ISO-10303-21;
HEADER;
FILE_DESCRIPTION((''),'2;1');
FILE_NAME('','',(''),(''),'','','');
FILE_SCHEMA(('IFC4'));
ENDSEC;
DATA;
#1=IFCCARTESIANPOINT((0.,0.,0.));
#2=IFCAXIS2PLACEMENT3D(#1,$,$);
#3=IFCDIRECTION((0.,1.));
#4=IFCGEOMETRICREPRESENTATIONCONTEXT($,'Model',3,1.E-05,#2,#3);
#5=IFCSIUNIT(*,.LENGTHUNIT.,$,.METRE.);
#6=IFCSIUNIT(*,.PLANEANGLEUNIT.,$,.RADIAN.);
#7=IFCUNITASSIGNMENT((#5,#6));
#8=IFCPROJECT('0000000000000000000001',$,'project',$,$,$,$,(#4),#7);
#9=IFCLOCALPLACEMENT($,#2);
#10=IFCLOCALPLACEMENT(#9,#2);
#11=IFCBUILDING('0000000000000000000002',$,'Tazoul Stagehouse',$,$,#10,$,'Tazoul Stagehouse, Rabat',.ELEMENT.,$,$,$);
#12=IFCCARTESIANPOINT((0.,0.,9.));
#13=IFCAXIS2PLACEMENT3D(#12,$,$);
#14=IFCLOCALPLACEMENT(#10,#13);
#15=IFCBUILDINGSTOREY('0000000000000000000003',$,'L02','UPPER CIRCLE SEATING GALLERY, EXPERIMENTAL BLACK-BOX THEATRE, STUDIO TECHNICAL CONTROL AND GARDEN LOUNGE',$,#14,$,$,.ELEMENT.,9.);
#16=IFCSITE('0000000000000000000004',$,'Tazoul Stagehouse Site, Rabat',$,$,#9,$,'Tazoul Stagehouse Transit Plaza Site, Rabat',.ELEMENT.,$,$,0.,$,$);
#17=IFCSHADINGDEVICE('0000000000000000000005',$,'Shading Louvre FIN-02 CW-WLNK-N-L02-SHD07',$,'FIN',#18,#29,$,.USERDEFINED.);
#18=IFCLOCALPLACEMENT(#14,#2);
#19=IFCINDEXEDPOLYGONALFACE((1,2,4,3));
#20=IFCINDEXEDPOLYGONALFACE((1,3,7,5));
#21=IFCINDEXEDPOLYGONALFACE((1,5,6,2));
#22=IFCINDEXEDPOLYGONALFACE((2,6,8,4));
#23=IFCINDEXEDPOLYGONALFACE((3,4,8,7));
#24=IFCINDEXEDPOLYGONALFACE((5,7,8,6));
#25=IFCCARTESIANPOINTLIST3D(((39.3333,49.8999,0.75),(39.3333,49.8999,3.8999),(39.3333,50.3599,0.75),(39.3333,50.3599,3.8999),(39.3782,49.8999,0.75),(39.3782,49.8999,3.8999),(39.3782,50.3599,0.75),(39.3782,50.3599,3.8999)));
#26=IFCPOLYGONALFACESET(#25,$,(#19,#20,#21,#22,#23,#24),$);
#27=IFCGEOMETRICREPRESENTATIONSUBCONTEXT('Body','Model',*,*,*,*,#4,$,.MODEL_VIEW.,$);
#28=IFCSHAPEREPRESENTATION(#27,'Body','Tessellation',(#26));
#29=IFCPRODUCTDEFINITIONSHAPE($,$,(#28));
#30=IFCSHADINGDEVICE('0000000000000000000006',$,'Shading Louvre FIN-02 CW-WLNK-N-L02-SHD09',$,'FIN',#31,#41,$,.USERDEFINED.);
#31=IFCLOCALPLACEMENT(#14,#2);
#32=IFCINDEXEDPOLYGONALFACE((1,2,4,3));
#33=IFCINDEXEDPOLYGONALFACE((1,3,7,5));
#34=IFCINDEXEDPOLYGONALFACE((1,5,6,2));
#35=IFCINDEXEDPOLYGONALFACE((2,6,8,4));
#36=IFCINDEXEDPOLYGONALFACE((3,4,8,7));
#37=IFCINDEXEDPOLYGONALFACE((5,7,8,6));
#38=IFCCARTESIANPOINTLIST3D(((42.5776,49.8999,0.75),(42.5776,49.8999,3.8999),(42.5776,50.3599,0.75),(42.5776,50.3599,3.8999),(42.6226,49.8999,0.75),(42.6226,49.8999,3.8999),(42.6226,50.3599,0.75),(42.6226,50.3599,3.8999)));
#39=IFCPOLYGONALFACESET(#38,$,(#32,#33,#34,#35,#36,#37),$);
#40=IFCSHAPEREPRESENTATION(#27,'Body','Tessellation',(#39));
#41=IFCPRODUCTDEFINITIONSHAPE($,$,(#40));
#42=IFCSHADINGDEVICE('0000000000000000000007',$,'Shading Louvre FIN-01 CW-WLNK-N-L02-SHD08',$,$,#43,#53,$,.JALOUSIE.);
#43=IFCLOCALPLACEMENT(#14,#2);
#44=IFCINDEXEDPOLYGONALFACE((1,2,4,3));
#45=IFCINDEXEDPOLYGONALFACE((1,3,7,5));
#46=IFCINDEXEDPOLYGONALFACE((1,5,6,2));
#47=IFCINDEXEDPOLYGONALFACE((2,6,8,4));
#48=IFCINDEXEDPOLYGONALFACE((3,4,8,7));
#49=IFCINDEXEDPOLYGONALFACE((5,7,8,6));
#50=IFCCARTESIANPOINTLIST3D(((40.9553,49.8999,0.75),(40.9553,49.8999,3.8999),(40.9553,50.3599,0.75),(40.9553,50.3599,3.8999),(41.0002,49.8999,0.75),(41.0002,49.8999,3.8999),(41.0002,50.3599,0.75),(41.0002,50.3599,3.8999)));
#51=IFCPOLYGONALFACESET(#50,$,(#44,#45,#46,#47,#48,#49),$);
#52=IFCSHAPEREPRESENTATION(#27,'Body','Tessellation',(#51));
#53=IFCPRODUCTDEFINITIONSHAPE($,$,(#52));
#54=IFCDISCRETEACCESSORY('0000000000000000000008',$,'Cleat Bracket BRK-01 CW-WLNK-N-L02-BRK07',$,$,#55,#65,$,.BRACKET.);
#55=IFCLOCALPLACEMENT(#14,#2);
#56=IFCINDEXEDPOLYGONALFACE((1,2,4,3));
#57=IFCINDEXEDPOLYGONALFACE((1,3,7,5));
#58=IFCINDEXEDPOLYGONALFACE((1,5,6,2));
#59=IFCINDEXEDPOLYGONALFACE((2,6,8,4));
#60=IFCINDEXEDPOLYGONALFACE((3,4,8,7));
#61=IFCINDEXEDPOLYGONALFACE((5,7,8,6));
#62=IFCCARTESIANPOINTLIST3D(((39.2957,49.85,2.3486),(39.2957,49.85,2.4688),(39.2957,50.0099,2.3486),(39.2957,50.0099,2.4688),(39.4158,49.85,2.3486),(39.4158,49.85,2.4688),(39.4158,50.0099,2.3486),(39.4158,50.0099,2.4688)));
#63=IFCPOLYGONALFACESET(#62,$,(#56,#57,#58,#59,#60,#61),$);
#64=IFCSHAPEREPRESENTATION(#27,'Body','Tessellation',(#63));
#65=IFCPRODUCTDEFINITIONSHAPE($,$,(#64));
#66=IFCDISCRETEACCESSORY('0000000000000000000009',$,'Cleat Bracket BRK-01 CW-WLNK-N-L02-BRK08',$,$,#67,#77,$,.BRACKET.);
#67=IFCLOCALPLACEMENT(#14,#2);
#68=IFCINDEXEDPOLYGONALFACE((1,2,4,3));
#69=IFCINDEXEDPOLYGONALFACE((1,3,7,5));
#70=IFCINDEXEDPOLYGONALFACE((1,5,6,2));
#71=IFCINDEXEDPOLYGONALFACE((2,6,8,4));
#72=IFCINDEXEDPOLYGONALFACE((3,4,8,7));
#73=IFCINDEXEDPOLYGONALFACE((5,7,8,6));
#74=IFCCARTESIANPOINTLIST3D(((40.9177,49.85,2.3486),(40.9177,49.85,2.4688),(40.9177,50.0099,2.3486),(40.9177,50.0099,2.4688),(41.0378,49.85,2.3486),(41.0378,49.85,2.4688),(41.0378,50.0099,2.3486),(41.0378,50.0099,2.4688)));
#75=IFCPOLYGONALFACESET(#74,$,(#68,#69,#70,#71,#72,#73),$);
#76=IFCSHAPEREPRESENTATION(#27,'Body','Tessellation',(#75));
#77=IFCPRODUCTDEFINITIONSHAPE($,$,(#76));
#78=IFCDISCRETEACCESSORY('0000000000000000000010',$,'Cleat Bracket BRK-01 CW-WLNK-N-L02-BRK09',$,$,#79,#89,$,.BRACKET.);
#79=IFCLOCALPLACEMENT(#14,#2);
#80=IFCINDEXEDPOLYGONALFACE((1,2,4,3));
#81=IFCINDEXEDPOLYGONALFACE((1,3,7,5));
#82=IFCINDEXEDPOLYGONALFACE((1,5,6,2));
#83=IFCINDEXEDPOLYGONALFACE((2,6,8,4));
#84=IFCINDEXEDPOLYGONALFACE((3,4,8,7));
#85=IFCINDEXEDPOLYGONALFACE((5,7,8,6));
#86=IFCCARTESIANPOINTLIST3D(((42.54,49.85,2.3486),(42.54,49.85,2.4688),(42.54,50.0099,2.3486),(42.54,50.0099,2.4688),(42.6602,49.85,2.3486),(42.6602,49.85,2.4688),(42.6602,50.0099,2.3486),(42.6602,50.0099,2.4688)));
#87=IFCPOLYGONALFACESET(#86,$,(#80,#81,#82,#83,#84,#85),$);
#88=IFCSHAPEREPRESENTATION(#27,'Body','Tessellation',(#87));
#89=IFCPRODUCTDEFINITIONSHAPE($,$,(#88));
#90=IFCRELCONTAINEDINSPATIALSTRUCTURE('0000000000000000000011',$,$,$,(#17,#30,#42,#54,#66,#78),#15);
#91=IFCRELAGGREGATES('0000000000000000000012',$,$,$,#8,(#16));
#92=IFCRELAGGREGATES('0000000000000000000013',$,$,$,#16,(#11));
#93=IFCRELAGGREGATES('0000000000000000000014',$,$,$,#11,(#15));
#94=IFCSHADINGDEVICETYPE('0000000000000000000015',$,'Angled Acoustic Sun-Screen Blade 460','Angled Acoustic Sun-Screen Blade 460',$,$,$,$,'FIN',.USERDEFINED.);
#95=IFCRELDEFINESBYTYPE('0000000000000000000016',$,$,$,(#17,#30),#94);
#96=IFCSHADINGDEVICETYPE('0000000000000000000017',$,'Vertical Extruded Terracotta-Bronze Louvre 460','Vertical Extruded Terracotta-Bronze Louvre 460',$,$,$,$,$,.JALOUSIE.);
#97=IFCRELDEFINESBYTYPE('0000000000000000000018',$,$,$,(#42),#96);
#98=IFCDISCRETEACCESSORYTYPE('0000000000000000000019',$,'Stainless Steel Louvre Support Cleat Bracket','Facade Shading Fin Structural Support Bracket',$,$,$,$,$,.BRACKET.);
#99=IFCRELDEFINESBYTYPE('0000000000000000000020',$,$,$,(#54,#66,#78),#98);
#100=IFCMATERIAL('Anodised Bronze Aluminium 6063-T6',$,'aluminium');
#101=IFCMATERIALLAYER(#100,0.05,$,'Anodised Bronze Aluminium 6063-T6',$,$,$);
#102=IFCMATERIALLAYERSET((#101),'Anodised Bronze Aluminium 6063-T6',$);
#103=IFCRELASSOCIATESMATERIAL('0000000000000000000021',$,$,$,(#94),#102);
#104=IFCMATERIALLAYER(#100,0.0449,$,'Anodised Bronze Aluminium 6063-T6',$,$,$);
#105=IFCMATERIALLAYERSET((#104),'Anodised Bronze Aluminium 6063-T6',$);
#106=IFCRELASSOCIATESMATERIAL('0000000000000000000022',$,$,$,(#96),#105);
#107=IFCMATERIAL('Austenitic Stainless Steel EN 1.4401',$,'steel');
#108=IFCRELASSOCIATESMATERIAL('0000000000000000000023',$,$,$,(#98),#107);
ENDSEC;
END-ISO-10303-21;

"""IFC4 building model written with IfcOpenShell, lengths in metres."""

from ifc_helpers import new_model, si_unit, direction, frame, origin, origin_2d, place, context, subcontext, project, spatial, rectangle, extrude, material, layer, layer_set, type_object, element, save


model = new_model("IFC4")

# Units and contexts
model_context = context("Model", 3, precision=1e-05, world=origin(), true_north=direction((0.0, 1.0)))
body_context = subcontext(model_context, "Body", "Model", "MODEL_VIEW")
ifc_project = project(units=[si_unit("LENGTHUNIT", "METRE"), si_unit("PLANEANGLEUNIT", "RADIAN")], contexts=[model_context])

# Site, building, storey
site_placement = place(None, origin())
site = spatial("IfcSite", under=ifc_project, at=site_placement, Name="Tazoul Stagehouse Site, Rabat", LongName="Tazoul Stagehouse Transit Plaza Site, Rabat", CompositionType="ELEMENT", RefElevation=0.0)
building_placement = place(site_placement, origin())
building = spatial("IfcBuilding", under=site, at=building_placement, Name="Tazoul Stagehouse", LongName="Tazoul Stagehouse, Rabat", CompositionType="ELEMENT")
storey_placement = place(building_placement, frame((0.0, 0.0, 9.0)))
storey = spatial("IfcBuildingStorey", under=building, at=storey_placement, Name="L02", Description="UPPER CIRCLE SEATING GALLERY, EXPERIMENTAL BLACK-BOX THEATRE, STUDIO TECHNICAL CONTROL AND GARDEN LOUNGE", CompositionType="ELEMENT", Elevation=9.0)

# Shading devices
ifc_material_1 = material(Name="Anodised Bronze Aluminium 6063-T6", Category="aluminium")
ifc_layer_1 = layer(ifc_material_1, 0.05, Name="Anodised Bronze Aluminium 6063-T6")
ifc_layer_set_1 = layer_set([ifc_layer_1], Name="Anodised Bronze Aluminium 6063-T6")
shading_device_type_1 = type_object("IfcShadingDeviceType", Name="Angled Acoustic Sun-Screen Blade 460", Description="Angled Acoustic Sun-Screen Blade 460", ElementType="FIN", PredefinedType="USERDEFINED", material=ifc_layer_set_1)
for number, where, z_axis, x_axis, name in (
    (1, (39.3557, 50.1299, 0.75), (0.0, 0.0, 1.0), (1.0, 0.0, 0.0), "Shading Louvre FIN-02 CW-WLNK-N-L02-SHD07"),
    (2, (42.6001, 50.1299, 0.75), (0.0, 0.0, 1.0), (1.0, 0.0, 0.0), "Shading Louvre FIN-02 CW-WLNK-N-L02-SHD09"),
):
    element("IfcShadingDevice", number, at=place(storey_placement, frame(where, z_axis=z_axis, x_axis=x_axis)), inside=storey, type_object=shading_device_type_1, Name=name, ObjectType="FIN", PredefinedType="USERDEFINED", context=body_context, shape_type="SweptSolid", body=[
        extrude(rectangle(XDim=0.0449, YDim=0.46, at=origin_2d()), origin(), (0.0, 0.0, 1.0), 3.1499),
    ])
ifc_layer_2 = layer(ifc_material_1, 0.0449, Name="Anodised Bronze Aluminium 6063-T6")
ifc_layer_set_2 = layer_set([ifc_layer_2], Name="Anodised Bronze Aluminium 6063-T6")
shading_device_type_2 = type_object("IfcShadingDeviceType", Name="Vertical Extruded Terracotta-Bronze Louvre 460", Description="Vertical Extruded Terracotta-Bronze Louvre 460", PredefinedType="JALOUSIE", material=ifc_layer_set_2)
shading_device_placement = place(storey_placement, frame((40.9778, 50.1299, 0.75), z_axis=(0.0, 0.0, 1.0), x_axis=(1.0, 0.0, 0.0)))
element("IfcShadingDevice", 3, at=shading_device_placement, inside=storey, type_object=shading_device_type_2, Name="Shading Louvre FIN-01 CW-WLNK-N-L02-SHD08", PredefinedType="JALOUSIE", context=body_context, shape_type="SweptSolid", body=[
    extrude(rectangle(XDim=0.0449, YDim=0.46, at=origin_2d()), origin(), (0.0, 0.0, 1.0), 3.1499),
])

# Discrete accessories
ifc_material_2 = material(Name="Austenitic Stainless Steel EN 1.4401", Category="steel")
discrete_accessory_type = type_object("IfcDiscreteAccessoryType", Name="Stainless Steel Louvre Support Cleat Bracket", Description="Facade Shading Fin Structural Support Bracket", PredefinedType="BRACKET", material=ifc_material_2)
for number, where, z_axis, x_axis, name in (
    (4, (39.3557, 49.9299, 2.3486), (0.0, 0.0, 1.0), (1.0, 0.0, 0.0), "Cleat Bracket BRK-01 CW-WLNK-N-L02-BRK07"),
    (5, (40.9778, 49.9299, 2.3486), (0.0, 0.0, 1.0), (1.0, 0.0, 0.0), "Cleat Bracket BRK-01 CW-WLNK-N-L02-BRK08"),
    (6, (42.6001, 49.9299, 2.3486), (0.0, 0.0, 1.0), (1.0, 0.0, 0.0), "Cleat Bracket BRK-01 CW-WLNK-N-L02-BRK09"),
):
    element("IfcDiscreteAccessory", number, at=place(storey_placement, frame(where, z_axis=z_axis, x_axis=x_axis)), inside=storey, type_object=discrete_accessory_type, Name=name, PredefinedType="BRACKET", context=body_context, shape_type="SweptSolid", body=[
        extrude(rectangle(XDim=0.1201, YDim=0.1599, at=origin_2d()), origin(), (0.0, 0.0, 1.0), 0.1201),
    ])

save(model, "model.ifc")
